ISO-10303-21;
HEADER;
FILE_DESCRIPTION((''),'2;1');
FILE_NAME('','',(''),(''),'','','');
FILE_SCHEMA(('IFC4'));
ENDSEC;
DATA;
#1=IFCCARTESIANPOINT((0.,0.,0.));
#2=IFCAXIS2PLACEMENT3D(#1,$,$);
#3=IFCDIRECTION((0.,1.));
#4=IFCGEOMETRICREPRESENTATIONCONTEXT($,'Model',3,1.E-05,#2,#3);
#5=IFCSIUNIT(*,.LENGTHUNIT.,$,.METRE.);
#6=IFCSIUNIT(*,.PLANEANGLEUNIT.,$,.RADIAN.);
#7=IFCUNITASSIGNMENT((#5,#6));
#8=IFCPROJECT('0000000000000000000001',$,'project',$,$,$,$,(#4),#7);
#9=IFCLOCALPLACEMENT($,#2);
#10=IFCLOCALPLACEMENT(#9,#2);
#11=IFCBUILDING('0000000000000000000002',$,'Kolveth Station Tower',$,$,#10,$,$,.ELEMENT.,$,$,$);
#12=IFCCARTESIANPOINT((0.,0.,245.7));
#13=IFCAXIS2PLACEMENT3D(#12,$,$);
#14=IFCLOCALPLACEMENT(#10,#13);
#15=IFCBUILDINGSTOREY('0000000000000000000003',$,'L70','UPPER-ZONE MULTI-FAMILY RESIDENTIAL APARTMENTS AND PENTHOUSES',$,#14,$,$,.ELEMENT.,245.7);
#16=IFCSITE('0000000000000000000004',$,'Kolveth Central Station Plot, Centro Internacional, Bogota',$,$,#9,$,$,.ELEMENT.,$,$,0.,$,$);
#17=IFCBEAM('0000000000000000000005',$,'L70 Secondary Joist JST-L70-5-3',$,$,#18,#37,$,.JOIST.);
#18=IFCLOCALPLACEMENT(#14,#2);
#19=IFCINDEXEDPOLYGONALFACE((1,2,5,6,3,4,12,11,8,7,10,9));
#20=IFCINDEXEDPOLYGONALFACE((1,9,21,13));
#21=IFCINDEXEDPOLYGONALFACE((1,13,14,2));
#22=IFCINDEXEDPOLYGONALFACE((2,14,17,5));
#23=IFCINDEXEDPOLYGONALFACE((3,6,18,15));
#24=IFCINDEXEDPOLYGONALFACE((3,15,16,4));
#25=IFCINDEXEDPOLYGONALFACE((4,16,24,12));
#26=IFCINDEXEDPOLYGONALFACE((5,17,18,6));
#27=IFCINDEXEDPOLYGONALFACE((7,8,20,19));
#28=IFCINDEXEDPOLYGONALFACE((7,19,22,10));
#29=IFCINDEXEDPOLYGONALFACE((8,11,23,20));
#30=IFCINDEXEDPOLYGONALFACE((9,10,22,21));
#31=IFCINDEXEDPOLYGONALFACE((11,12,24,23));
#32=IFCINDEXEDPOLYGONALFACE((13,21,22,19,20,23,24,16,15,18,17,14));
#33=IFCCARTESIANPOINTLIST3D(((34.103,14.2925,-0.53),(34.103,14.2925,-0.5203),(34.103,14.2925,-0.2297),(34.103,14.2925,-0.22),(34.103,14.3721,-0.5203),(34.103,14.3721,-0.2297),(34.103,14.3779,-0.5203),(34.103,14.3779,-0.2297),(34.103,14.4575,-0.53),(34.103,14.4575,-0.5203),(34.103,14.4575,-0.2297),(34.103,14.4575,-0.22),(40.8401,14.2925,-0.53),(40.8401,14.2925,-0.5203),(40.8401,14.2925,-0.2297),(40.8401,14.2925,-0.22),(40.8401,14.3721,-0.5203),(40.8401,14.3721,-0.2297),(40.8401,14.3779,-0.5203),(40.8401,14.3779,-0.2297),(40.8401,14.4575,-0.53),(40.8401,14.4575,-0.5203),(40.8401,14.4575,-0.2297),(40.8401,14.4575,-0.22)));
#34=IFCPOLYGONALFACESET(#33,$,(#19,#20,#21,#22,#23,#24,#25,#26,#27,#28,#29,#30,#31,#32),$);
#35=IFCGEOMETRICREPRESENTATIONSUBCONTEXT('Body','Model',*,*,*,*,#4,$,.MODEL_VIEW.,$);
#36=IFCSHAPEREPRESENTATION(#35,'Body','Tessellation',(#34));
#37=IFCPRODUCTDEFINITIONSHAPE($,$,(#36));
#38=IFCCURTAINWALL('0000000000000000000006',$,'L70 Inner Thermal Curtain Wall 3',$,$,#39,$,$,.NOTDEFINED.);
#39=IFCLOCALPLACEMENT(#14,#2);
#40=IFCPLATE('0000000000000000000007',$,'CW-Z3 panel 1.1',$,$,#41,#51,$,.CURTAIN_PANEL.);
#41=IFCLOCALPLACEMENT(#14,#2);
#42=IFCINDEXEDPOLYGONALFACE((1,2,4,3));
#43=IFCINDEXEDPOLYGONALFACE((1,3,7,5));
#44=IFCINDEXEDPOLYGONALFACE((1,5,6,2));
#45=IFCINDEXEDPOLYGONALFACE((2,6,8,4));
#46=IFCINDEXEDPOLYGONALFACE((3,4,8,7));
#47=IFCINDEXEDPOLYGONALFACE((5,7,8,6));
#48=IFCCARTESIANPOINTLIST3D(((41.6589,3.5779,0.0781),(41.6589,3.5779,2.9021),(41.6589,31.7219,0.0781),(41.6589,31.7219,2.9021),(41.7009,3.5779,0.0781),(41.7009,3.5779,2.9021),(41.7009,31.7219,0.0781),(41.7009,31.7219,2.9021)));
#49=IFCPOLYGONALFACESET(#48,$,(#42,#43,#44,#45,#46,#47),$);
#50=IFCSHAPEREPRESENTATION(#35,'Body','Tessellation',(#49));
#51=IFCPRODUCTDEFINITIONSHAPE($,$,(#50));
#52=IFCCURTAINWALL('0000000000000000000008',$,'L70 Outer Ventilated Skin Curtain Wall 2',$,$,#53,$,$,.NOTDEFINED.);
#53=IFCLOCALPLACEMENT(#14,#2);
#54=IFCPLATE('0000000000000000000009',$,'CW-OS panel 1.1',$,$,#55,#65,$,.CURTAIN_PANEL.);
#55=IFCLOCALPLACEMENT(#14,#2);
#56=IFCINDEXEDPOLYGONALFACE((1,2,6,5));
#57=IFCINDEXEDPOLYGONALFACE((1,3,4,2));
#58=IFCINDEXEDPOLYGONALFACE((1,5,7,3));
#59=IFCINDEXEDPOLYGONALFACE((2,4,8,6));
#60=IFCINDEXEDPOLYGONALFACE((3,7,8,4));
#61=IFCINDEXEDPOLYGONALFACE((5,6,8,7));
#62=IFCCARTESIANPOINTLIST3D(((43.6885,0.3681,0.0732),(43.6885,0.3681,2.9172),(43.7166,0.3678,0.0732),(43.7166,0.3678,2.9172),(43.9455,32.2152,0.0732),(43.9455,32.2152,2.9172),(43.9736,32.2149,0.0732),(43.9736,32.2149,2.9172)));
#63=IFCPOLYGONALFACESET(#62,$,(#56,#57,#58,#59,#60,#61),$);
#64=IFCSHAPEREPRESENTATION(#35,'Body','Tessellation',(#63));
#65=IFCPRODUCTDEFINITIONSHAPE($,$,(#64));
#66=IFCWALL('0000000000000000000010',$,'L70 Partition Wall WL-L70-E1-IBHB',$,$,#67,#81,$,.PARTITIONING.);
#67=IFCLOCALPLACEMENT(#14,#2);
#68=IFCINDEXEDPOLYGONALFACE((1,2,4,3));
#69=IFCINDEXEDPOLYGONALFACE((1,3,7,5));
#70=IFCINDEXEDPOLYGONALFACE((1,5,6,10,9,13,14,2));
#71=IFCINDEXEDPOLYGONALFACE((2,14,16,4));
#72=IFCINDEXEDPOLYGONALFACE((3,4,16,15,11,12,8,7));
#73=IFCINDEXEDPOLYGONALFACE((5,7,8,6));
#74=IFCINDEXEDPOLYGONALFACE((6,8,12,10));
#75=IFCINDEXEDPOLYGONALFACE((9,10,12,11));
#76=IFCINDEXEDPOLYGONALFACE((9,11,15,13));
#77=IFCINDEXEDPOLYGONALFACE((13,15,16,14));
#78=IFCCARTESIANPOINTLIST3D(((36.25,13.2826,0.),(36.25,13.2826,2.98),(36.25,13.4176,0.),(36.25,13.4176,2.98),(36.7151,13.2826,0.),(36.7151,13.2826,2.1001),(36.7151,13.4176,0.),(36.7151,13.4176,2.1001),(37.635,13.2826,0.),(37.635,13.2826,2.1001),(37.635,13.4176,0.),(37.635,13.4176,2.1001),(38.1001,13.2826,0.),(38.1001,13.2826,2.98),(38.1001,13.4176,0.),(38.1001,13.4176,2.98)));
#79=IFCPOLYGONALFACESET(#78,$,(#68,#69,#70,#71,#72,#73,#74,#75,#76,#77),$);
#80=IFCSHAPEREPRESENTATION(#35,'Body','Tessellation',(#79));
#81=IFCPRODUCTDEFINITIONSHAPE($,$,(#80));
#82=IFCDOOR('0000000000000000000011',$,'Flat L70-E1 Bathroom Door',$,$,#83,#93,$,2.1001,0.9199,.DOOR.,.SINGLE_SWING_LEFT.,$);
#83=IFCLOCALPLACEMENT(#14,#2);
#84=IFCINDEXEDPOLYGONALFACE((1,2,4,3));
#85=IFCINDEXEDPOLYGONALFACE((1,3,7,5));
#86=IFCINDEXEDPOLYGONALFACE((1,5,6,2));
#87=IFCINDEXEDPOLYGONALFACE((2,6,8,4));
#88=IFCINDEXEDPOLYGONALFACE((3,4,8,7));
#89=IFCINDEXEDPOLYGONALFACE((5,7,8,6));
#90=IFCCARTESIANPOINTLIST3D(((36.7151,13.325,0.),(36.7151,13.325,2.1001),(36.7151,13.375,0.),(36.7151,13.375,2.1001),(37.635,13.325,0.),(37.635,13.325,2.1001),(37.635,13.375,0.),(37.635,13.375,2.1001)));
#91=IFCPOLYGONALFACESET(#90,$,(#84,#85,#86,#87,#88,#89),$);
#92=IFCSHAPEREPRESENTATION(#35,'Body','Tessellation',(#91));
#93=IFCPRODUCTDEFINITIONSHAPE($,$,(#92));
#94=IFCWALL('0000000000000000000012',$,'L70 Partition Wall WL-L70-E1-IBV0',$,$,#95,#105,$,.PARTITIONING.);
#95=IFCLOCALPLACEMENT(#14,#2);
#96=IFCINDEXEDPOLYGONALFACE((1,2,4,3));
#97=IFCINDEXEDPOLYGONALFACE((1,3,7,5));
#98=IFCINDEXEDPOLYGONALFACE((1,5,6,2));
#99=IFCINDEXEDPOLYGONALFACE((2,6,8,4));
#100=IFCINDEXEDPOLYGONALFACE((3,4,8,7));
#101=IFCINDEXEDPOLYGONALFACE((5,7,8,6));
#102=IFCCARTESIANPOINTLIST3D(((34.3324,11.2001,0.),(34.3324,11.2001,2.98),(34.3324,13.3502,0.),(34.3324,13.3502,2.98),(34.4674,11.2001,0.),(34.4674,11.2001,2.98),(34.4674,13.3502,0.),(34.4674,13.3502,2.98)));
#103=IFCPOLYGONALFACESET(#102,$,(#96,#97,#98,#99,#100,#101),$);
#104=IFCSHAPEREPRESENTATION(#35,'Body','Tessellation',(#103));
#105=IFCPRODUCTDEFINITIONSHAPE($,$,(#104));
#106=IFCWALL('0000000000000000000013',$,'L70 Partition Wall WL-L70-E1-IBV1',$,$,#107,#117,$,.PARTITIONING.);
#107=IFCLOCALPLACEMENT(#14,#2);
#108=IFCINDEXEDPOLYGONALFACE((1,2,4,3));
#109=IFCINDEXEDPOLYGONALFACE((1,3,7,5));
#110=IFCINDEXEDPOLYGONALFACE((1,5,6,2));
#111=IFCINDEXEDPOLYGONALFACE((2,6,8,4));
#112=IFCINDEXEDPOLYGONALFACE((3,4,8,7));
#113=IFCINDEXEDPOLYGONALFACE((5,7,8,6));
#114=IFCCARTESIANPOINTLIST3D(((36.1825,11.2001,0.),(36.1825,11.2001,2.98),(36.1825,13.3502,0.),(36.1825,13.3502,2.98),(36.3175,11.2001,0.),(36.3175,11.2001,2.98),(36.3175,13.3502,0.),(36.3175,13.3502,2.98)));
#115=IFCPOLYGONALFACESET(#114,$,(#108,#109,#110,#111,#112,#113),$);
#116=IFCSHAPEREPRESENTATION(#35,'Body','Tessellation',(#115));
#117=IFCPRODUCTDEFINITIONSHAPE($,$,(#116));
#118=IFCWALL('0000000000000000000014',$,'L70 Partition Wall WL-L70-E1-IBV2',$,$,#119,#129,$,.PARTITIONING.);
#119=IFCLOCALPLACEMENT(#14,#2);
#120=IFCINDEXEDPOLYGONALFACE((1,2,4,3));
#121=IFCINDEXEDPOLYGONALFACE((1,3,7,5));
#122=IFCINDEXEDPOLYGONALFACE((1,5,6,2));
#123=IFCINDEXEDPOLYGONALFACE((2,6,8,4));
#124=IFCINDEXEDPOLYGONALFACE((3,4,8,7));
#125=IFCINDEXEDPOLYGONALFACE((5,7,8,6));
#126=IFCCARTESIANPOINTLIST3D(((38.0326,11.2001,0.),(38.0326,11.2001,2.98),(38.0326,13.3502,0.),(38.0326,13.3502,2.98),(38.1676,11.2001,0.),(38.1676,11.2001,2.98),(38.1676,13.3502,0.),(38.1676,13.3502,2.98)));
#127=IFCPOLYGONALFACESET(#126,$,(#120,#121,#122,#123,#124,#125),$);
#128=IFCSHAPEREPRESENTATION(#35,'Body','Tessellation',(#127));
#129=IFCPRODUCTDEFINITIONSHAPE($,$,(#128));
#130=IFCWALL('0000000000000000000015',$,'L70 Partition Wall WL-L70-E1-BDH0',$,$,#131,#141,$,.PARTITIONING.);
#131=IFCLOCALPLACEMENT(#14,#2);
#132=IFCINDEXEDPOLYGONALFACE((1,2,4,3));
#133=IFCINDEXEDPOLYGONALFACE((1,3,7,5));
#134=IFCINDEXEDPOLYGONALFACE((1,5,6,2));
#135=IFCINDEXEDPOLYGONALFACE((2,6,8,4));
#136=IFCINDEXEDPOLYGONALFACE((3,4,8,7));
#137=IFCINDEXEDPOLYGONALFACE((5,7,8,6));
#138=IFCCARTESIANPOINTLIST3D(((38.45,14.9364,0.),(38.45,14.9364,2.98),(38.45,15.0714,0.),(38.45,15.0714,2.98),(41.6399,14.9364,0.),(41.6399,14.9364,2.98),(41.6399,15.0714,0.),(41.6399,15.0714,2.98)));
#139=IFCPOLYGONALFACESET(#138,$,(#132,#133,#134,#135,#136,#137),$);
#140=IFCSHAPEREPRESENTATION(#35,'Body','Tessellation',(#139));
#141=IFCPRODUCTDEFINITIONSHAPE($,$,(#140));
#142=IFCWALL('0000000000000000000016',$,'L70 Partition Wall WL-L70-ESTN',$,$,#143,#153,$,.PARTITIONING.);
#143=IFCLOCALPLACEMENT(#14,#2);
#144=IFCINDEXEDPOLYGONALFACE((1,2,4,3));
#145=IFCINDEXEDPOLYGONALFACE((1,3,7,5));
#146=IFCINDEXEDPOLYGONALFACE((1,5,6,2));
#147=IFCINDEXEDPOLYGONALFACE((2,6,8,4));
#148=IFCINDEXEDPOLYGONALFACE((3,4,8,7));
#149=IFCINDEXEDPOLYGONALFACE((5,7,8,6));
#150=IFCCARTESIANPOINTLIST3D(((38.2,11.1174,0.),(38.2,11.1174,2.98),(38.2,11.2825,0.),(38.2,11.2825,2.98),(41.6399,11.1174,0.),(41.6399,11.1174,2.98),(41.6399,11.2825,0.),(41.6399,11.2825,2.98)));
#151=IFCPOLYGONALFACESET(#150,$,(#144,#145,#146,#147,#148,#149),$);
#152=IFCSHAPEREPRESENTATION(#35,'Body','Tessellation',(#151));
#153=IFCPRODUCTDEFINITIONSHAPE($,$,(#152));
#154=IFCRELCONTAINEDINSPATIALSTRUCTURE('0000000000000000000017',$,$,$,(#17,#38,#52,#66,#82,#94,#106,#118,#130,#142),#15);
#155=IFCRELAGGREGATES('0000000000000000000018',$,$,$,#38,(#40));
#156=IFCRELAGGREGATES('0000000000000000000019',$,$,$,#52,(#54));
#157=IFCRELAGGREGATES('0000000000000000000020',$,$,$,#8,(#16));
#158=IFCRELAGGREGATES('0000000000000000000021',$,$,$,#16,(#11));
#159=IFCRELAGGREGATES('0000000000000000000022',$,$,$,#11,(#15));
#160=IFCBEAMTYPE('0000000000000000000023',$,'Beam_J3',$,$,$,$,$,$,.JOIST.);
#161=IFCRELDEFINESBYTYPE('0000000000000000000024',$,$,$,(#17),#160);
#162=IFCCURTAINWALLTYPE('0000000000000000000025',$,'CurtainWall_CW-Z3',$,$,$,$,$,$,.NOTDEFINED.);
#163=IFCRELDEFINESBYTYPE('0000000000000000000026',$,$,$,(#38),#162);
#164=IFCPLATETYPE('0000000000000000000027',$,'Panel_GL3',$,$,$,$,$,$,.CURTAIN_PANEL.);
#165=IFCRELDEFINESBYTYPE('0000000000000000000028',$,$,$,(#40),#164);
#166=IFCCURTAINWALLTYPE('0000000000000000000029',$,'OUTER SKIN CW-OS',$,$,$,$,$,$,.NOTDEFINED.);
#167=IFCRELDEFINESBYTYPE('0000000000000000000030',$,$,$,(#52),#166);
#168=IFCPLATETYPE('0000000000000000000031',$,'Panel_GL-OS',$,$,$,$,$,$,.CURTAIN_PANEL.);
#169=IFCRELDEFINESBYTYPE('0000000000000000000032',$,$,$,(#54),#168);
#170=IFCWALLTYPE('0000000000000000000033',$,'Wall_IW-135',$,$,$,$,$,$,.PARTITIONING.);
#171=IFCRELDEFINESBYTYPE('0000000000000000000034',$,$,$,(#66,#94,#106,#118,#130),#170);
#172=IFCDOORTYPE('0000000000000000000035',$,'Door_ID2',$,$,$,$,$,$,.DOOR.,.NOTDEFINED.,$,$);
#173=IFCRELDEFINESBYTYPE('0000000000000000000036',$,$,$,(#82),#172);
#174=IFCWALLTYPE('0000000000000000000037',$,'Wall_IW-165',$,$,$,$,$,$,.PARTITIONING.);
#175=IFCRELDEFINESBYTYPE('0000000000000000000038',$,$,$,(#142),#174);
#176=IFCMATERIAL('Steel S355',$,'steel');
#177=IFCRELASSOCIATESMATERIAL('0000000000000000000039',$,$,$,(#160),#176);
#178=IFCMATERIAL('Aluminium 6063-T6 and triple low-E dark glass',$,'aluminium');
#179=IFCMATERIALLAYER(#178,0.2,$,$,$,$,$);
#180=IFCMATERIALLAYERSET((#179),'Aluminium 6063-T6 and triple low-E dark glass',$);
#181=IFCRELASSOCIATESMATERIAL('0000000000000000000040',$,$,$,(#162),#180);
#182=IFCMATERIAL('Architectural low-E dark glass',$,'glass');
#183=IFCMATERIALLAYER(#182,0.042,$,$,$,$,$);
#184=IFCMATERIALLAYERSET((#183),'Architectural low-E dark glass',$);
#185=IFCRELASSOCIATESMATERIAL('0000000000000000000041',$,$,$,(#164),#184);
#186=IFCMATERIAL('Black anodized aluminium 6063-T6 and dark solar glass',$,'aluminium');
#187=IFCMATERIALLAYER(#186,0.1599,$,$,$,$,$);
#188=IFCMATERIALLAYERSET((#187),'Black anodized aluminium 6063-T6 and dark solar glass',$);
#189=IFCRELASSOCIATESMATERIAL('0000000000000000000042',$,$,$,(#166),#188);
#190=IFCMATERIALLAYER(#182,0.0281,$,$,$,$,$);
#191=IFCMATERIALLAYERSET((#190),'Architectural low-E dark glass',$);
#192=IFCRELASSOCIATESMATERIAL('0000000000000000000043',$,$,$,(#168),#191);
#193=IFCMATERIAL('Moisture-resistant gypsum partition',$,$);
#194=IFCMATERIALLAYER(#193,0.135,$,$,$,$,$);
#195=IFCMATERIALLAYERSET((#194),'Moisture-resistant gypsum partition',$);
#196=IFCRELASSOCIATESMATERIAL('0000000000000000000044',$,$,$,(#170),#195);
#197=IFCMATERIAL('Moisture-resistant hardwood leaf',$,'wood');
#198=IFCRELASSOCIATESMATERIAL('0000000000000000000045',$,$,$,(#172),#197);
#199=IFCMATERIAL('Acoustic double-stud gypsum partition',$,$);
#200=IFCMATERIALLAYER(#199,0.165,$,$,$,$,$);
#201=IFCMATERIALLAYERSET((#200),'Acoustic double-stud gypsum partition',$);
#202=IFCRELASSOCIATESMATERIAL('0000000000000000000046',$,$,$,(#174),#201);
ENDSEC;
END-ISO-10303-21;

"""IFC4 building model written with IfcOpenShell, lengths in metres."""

from ifc_helpers import new_model, si_unit, direction, frame, frame_2d, origin, origin_2d, place, context, subcontext, project, spatial, rectangle, i_section, extrude, source, transform, mapped, material, layer, layer_set, material_profile, profile_set, type_object, element, fill, aggregate, save


model = new_model("IFC4")

# Units and contexts
model_context = context("Model", 3, precision=1e-05, world=origin(), true_north=direction((0.0, 1.0)))
body_context = subcontext(model_context, "Body", "Model", "MODEL_VIEW")
ifc_project = project(units=[si_unit("LENGTHUNIT", "METRE"), si_unit("PLANEANGLEUNIT", "RADIAN")], contexts=[model_context])

# Site, building, storey
site_placement = place(None, origin())
site = spatial("IfcSite", under=ifc_project, at=site_placement, Name="Kolveth Central Station Plot, Centro Internacional, Bogota", CompositionType="ELEMENT", RefElevation=0.0)
building_placement = place(site_placement, origin())
building = spatial("IfcBuilding", under=site, at=building_placement, Name="Kolveth Station Tower", CompositionType="ELEMENT")
storey_placement = place(building_placement, frame((0.0, 0.0, 245.7)))
storey = spatial("IfcBuildingStorey", under=building, at=storey_placement, Name="L70", Description="UPPER-ZONE MULTI-FAMILY RESIDENTIAL APARTMENTS AND PENTHOUSES", CompositionType="ELEMENT", Elevation=245.7)

# Shared definitions
ifc_material_1 = material(Name="Steel S355", Category="steel")

# Beam
ifc_material_profile_1 = material_profile(ifc_material_1, i_section(OverallWidth=0.165, OverallDepth=0.3101, WebThickness=0.0059, FlangeThickness=0.0098, at=origin_2d()), Name="W310x39")
ifc_profile_set_1 = profile_set([ifc_material_profile_1], Name="Steel S355")
beam_type_1 = type_object("IfcBeamType", Name="Beam_J3", PredefinedType="JOIST", material=ifc_profile_set_1)
shared_shape_1 = source(origin(), body_context, "Body", "SweptSolid", [
    extrude(i_section(OverallWidth=0.165, OverallDepth=0.3101, WebThickness=0.0059, FlangeThickness=0.0098, at=origin_2d()), origin(), (0.0, 0.0, 1.0), 6.7371),
])
beam_1_placement = place(storey_placement, frame((34.103, 14.375, -0.375), z_axis=(1.0, 0.0, 0.0), x_axis=(0.0, 1.0, 0.0)))
element("IfcBeam", 1, at=beam_1_placement, inside=storey, type_object=beam_type_1, Name="L70 Secondary Joist JST-L70-5-3", PredefinedType="JOIST", context=body_context, shape_type="MappedRepresentation", body=[
    mapped(shared_shape_1, transform((0.0, 0.0, 0.0), x_axis=(1.0, 0.0, 0.0), y_axis=(0.0, 1.0, 0.0), z_axis=(0.0, 0.0, 1.0), scale=1.0)),
])

# Curtain walls, plates
ifc_material_2 = material(Name="Aluminium 6063-T6 and triple low-E dark glass", Category="aluminium")
ifc_layer_1 = layer(ifc_material_2, 0.2)
ifc_layer_set_1 = layer_set([ifc_layer_1], Name="Aluminium 6063-T6 and triple low-E dark glass")
curtain_wall_type_1 = type_object("IfcCurtainWallType", Name="CurtainWall_CW-Z3", PredefinedType="NOTDEFINED", material=ifc_layer_set_1)
curtain_wall_1_placement = place(storey_placement, origin())
curtain_wall_1 = element("IfcCurtainWall", 2, at=curtain_wall_1_placement, inside=storey, type_object=curtain_wall_type_1, Name="L70 Inner Thermal Curtain Wall 3", PredefinedType="NOTDEFINED")
ifc_material_3 = material(Name="Architectural low-E dark glass", Category="glass")
ifc_layer_2 = layer(ifc_material_3, 0.042)
ifc_layer_set_2 = layer_set([ifc_layer_2], Name="Architectural low-E dark glass")
plate_type_1 = type_object("IfcPlateType", Name="Panel_GL3", PredefinedType="CURTAIN_PANEL", material=ifc_layer_set_2)
shared_shape_2 = source(origin(), body_context, "Body", "SweptSolid", [
    extrude(rectangle(XDim=28.144, YDim=0.042, at=origin_2d()), origin(), (0.0, 0.0, 1.0), 2.824),
])
plate_1_placement = place(storey_placement, frame((41.6799, 17.6499, 0.0781), z_axis=(0.0, 0.0, 1.0), x_axis=(0.0, 1.0, 0.0)))
plate_1 = element("IfcPlate", 3, at=plate_1_placement, type_object=plate_type_1, Name="CW-Z3 panel 1.1", PredefinedType="CURTAIN_PANEL", context=body_context, shape_type="MappedRepresentation", body=[
    mapped(shared_shape_2, transform((0.0, 0.0, 0.0), x_axis=(1.0, 0.0, 0.0), y_axis=(0.0, 1.0, 0.0), z_axis=(0.0, 0.0, 1.0), scale=1.0)),
])
aggregate(curtain_wall_1, [plate_1])
ifc_material_4 = material(Name="Black anodized aluminium 6063-T6 and dark solar glass", Category="aluminium")
ifc_layer_3 = layer(ifc_material_4, 0.1599)
ifc_layer_set_3 = layer_set([ifc_layer_3], Name="Black anodized aluminium 6063-T6 and dark solar glass")
curtain_wall_type_2 = type_object("IfcCurtainWallType", Name="OUTER SKIN CW-OS", PredefinedType="NOTDEFINED", material=ifc_layer_set_3)
curtain_wall_2_placement = place(storey_placement, origin())
curtain_wall_2 = element("IfcCurtainWall", 4, at=curtain_wall_2_placement, inside=storey, type_object=curtain_wall_type_2, Name="L70 Outer Ventilated Skin Curtain Wall 2", PredefinedType="NOTDEFINED")
ifc_layer_4 = layer(ifc_material_3, 0.0281)
ifc_layer_set_4 = layer_set([ifc_layer_4], Name="Architectural low-E dark glass")
plate_type_2 = type_object("IfcPlateType", Name="Panel_GL-OS", PredefinedType="CURTAIN_PANEL", material=ifc_layer_set_4)
shared_shape_3 = source(origin(), body_context, "Body", "SweptSolid", [
    extrude(rectangle(XDim=31.8481, YDim=0.0281, at=origin_2d()), origin(), (0.0, 0.0, 1.0), 2.844),
])
plate_2_placement = place(storey_placement, frame((43.8311, 16.2915, 0.0732), z_axis=(0.0, 0.0, 1.0), x_axis=(0.008071, 0.999967, 0.0)))
plate_2 = element("IfcPlate", 5, at=plate_2_placement, type_object=plate_type_2, Name="CW-OS panel 1.1", PredefinedType="CURTAIN_PANEL", context=body_context, shape_type="MappedRepresentation", body=[
    mapped(shared_shape_3, transform((0.0, 0.0, 0.0), x_axis=(1.0, 0.0, 0.0), y_axis=(0.0, 1.0, 0.0), z_axis=(0.0, 0.0, 1.0), scale=1.0)),
])
aggregate(curtain_wall_2, [plate_2])

# Wall, opening, door
ifc_material_5 = material(Name="Moisture-resistant gypsum partition")
ifc_layer_5 = layer(ifc_material_5, 0.135)
ifc_layer_set_5 = layer_set([ifc_layer_5], Name="Moisture-resistant gypsum partition")
wall_type_1 = type_object("IfcWallType", Name="Wall_IW-135", PredefinedType="PARTITIONING", material=ifc_layer_set_5)
wall_1_placement = place(storey_placement, frame((36.25, 13.3501, 0.0), z_axis=(0.0, 0.0, 1.0), x_axis=(1.0, 0.0, 0.0)))
wall_1 = element("IfcWall", 6, at=wall_1_placement, inside=storey, type_object=wall_type_1, Name="L70 Partition Wall WL-L70-E1-IBHB", PredefinedType="PARTITIONING", context=body_context, shape_type="SweptSolid", body=[
    extrude(rectangle(XDim=1.8501, YDim=0.135, at=frame_2d((0.925, 0.0))), origin(), (0.0, 0.0, 1.0), 2.98),
])
opening_1_placement = place(wall_1_placement, frame((0.4651, 0.0, 0.0)))
opening_1 = element("IfcOpeningElement", 7, at=opening_1_placement, cuts=wall_1, PredefinedType="OPENING", context=body_context, shape_type="SweptSolid", body=[
    extrude(rectangle(XDim=0.9199, YDim=2.1001, at=frame_2d((0.46, 1.05))), frame((0.0, 0.0774, 0.0), z_axis=(0.0, -1.0, 0.0), x_axis=(1.0, 0.0, 0.0)), (0.0, 0.0, 1.0), 0.155),
])
ifc_material_6 = material(Name="Moisture-resistant hardwood leaf", Category="wood")
door_type_1 = type_object("IfcDoorType", Name="Door_ID2", OperationType="NOTDEFINED", PredefinedType="DOOR", material=ifc_material_6)
door_1_placement = place(opening_1_placement, origin())
door_1 = element("IfcDoor", 8, at=door_1_placement, inside=storey, type_object=door_type_1, Name="Flat L70-E1 Bathroom Door", OperationType="SINGLE_SWING_LEFT", OverallHeight=2.1001, OverallWidth=0.9199, PredefinedType="DOOR", context=body_context, shape_type="SweptSolid", body=[
    extrude(rectangle(XDim=0.9199, YDim=2.1001, at=frame_2d((0.46, 1.05))), frame((0.0, 0.0249, 0.0), z_axis=(0.0, -1.0, 0.0), x_axis=(1.0, 0.0, 0.0)), (0.0, 0.0, 1.0), 0.05),
])
fill(opening_1, door_1)

# Walls
for number, where, z_axis, x_axis, name in (
    (9, (34.3999, 11.2, 0.0), (0.0, 0.0, 1.0), (0.0, 1.0, 0.0), "L70 Partition Wall WL-L70-E1-IBV0"),
    (10, (36.25, 11.2, 0.0), (0.0, 0.0, 1.0), (0.0, 1.0, 0.0), "L70 Partition Wall WL-L70-E1-IBV1"),
    (11, (38.1001, 11.2, 0.0), (0.0, 0.0, 1.0), (0.0, 1.0, 0.0), "L70 Partition Wall WL-L70-E1-IBV2"),
):
    element("IfcWall", number, at=place(storey_placement, frame(where, z_axis=z_axis, x_axis=x_axis)), inside=storey, type_object=wall_type_1, Name=name, PredefinedType="PARTITIONING", context=body_context, shape_type="SweptSolid", body=[
        extrude(rectangle(XDim=2.1501, YDim=0.135, at=frame_2d((1.0752, 0.0))), origin(), (0.0, 0.0, 1.0), 2.98),
    ])
wall_2_placement = place(storey_placement, frame((38.45, 15.0039, 0.0), z_axis=(0.0, 0.0, 1.0), x_axis=(1.0, 0.0, 0.0)))
element("IfcWall", 12, at=wall_2_placement, inside=storey, type_object=wall_type_1, Name="L70 Partition Wall WL-L70-E1-BDH0", PredefinedType="PARTITIONING", context=body_context, shape_type="SweptSolid", body=[
    extrude(rectangle(XDim=3.1899, YDim=0.135, at=frame_2d((1.595, 0.0))), origin(), (0.0, 0.0, 1.0), 2.98),
])

# Shared definitions
ifc_material_7 = material(Name="Acoustic double-stud gypsum partition")
ifc_layer_6 = layer(ifc_material_7, 0.165)
ifc_layer_set_6 = layer_set([ifc_layer_6], Name="Acoustic double-stud gypsum partition")
wall_type_2 = type_object("IfcWallType", Name="Wall_IW-165", PredefinedType="PARTITIONING", material=ifc_layer_set_6)

# Wall
wall_3_placement = place(storey_placement, frame((38.2, 11.2, 0.0), z_axis=(0.0, 0.0, 1.0), x_axis=(1.0, 0.0, 0.0)))
element("IfcWall", 13, at=wall_3_placement, inside=storey, type_object=wall_type_2, Name="L70 Partition Wall WL-L70-ESTN", PredefinedType="PARTITIONING", context=body_context, shape_type="SweptSolid", body=[
    extrude(rectangle(XDim=3.4399, YDim=0.165, at=frame_2d((1.72, 0.0))), origin(), (0.0, 0.0, 1.0), 2.98),
])

save(model, "model.ifc")
